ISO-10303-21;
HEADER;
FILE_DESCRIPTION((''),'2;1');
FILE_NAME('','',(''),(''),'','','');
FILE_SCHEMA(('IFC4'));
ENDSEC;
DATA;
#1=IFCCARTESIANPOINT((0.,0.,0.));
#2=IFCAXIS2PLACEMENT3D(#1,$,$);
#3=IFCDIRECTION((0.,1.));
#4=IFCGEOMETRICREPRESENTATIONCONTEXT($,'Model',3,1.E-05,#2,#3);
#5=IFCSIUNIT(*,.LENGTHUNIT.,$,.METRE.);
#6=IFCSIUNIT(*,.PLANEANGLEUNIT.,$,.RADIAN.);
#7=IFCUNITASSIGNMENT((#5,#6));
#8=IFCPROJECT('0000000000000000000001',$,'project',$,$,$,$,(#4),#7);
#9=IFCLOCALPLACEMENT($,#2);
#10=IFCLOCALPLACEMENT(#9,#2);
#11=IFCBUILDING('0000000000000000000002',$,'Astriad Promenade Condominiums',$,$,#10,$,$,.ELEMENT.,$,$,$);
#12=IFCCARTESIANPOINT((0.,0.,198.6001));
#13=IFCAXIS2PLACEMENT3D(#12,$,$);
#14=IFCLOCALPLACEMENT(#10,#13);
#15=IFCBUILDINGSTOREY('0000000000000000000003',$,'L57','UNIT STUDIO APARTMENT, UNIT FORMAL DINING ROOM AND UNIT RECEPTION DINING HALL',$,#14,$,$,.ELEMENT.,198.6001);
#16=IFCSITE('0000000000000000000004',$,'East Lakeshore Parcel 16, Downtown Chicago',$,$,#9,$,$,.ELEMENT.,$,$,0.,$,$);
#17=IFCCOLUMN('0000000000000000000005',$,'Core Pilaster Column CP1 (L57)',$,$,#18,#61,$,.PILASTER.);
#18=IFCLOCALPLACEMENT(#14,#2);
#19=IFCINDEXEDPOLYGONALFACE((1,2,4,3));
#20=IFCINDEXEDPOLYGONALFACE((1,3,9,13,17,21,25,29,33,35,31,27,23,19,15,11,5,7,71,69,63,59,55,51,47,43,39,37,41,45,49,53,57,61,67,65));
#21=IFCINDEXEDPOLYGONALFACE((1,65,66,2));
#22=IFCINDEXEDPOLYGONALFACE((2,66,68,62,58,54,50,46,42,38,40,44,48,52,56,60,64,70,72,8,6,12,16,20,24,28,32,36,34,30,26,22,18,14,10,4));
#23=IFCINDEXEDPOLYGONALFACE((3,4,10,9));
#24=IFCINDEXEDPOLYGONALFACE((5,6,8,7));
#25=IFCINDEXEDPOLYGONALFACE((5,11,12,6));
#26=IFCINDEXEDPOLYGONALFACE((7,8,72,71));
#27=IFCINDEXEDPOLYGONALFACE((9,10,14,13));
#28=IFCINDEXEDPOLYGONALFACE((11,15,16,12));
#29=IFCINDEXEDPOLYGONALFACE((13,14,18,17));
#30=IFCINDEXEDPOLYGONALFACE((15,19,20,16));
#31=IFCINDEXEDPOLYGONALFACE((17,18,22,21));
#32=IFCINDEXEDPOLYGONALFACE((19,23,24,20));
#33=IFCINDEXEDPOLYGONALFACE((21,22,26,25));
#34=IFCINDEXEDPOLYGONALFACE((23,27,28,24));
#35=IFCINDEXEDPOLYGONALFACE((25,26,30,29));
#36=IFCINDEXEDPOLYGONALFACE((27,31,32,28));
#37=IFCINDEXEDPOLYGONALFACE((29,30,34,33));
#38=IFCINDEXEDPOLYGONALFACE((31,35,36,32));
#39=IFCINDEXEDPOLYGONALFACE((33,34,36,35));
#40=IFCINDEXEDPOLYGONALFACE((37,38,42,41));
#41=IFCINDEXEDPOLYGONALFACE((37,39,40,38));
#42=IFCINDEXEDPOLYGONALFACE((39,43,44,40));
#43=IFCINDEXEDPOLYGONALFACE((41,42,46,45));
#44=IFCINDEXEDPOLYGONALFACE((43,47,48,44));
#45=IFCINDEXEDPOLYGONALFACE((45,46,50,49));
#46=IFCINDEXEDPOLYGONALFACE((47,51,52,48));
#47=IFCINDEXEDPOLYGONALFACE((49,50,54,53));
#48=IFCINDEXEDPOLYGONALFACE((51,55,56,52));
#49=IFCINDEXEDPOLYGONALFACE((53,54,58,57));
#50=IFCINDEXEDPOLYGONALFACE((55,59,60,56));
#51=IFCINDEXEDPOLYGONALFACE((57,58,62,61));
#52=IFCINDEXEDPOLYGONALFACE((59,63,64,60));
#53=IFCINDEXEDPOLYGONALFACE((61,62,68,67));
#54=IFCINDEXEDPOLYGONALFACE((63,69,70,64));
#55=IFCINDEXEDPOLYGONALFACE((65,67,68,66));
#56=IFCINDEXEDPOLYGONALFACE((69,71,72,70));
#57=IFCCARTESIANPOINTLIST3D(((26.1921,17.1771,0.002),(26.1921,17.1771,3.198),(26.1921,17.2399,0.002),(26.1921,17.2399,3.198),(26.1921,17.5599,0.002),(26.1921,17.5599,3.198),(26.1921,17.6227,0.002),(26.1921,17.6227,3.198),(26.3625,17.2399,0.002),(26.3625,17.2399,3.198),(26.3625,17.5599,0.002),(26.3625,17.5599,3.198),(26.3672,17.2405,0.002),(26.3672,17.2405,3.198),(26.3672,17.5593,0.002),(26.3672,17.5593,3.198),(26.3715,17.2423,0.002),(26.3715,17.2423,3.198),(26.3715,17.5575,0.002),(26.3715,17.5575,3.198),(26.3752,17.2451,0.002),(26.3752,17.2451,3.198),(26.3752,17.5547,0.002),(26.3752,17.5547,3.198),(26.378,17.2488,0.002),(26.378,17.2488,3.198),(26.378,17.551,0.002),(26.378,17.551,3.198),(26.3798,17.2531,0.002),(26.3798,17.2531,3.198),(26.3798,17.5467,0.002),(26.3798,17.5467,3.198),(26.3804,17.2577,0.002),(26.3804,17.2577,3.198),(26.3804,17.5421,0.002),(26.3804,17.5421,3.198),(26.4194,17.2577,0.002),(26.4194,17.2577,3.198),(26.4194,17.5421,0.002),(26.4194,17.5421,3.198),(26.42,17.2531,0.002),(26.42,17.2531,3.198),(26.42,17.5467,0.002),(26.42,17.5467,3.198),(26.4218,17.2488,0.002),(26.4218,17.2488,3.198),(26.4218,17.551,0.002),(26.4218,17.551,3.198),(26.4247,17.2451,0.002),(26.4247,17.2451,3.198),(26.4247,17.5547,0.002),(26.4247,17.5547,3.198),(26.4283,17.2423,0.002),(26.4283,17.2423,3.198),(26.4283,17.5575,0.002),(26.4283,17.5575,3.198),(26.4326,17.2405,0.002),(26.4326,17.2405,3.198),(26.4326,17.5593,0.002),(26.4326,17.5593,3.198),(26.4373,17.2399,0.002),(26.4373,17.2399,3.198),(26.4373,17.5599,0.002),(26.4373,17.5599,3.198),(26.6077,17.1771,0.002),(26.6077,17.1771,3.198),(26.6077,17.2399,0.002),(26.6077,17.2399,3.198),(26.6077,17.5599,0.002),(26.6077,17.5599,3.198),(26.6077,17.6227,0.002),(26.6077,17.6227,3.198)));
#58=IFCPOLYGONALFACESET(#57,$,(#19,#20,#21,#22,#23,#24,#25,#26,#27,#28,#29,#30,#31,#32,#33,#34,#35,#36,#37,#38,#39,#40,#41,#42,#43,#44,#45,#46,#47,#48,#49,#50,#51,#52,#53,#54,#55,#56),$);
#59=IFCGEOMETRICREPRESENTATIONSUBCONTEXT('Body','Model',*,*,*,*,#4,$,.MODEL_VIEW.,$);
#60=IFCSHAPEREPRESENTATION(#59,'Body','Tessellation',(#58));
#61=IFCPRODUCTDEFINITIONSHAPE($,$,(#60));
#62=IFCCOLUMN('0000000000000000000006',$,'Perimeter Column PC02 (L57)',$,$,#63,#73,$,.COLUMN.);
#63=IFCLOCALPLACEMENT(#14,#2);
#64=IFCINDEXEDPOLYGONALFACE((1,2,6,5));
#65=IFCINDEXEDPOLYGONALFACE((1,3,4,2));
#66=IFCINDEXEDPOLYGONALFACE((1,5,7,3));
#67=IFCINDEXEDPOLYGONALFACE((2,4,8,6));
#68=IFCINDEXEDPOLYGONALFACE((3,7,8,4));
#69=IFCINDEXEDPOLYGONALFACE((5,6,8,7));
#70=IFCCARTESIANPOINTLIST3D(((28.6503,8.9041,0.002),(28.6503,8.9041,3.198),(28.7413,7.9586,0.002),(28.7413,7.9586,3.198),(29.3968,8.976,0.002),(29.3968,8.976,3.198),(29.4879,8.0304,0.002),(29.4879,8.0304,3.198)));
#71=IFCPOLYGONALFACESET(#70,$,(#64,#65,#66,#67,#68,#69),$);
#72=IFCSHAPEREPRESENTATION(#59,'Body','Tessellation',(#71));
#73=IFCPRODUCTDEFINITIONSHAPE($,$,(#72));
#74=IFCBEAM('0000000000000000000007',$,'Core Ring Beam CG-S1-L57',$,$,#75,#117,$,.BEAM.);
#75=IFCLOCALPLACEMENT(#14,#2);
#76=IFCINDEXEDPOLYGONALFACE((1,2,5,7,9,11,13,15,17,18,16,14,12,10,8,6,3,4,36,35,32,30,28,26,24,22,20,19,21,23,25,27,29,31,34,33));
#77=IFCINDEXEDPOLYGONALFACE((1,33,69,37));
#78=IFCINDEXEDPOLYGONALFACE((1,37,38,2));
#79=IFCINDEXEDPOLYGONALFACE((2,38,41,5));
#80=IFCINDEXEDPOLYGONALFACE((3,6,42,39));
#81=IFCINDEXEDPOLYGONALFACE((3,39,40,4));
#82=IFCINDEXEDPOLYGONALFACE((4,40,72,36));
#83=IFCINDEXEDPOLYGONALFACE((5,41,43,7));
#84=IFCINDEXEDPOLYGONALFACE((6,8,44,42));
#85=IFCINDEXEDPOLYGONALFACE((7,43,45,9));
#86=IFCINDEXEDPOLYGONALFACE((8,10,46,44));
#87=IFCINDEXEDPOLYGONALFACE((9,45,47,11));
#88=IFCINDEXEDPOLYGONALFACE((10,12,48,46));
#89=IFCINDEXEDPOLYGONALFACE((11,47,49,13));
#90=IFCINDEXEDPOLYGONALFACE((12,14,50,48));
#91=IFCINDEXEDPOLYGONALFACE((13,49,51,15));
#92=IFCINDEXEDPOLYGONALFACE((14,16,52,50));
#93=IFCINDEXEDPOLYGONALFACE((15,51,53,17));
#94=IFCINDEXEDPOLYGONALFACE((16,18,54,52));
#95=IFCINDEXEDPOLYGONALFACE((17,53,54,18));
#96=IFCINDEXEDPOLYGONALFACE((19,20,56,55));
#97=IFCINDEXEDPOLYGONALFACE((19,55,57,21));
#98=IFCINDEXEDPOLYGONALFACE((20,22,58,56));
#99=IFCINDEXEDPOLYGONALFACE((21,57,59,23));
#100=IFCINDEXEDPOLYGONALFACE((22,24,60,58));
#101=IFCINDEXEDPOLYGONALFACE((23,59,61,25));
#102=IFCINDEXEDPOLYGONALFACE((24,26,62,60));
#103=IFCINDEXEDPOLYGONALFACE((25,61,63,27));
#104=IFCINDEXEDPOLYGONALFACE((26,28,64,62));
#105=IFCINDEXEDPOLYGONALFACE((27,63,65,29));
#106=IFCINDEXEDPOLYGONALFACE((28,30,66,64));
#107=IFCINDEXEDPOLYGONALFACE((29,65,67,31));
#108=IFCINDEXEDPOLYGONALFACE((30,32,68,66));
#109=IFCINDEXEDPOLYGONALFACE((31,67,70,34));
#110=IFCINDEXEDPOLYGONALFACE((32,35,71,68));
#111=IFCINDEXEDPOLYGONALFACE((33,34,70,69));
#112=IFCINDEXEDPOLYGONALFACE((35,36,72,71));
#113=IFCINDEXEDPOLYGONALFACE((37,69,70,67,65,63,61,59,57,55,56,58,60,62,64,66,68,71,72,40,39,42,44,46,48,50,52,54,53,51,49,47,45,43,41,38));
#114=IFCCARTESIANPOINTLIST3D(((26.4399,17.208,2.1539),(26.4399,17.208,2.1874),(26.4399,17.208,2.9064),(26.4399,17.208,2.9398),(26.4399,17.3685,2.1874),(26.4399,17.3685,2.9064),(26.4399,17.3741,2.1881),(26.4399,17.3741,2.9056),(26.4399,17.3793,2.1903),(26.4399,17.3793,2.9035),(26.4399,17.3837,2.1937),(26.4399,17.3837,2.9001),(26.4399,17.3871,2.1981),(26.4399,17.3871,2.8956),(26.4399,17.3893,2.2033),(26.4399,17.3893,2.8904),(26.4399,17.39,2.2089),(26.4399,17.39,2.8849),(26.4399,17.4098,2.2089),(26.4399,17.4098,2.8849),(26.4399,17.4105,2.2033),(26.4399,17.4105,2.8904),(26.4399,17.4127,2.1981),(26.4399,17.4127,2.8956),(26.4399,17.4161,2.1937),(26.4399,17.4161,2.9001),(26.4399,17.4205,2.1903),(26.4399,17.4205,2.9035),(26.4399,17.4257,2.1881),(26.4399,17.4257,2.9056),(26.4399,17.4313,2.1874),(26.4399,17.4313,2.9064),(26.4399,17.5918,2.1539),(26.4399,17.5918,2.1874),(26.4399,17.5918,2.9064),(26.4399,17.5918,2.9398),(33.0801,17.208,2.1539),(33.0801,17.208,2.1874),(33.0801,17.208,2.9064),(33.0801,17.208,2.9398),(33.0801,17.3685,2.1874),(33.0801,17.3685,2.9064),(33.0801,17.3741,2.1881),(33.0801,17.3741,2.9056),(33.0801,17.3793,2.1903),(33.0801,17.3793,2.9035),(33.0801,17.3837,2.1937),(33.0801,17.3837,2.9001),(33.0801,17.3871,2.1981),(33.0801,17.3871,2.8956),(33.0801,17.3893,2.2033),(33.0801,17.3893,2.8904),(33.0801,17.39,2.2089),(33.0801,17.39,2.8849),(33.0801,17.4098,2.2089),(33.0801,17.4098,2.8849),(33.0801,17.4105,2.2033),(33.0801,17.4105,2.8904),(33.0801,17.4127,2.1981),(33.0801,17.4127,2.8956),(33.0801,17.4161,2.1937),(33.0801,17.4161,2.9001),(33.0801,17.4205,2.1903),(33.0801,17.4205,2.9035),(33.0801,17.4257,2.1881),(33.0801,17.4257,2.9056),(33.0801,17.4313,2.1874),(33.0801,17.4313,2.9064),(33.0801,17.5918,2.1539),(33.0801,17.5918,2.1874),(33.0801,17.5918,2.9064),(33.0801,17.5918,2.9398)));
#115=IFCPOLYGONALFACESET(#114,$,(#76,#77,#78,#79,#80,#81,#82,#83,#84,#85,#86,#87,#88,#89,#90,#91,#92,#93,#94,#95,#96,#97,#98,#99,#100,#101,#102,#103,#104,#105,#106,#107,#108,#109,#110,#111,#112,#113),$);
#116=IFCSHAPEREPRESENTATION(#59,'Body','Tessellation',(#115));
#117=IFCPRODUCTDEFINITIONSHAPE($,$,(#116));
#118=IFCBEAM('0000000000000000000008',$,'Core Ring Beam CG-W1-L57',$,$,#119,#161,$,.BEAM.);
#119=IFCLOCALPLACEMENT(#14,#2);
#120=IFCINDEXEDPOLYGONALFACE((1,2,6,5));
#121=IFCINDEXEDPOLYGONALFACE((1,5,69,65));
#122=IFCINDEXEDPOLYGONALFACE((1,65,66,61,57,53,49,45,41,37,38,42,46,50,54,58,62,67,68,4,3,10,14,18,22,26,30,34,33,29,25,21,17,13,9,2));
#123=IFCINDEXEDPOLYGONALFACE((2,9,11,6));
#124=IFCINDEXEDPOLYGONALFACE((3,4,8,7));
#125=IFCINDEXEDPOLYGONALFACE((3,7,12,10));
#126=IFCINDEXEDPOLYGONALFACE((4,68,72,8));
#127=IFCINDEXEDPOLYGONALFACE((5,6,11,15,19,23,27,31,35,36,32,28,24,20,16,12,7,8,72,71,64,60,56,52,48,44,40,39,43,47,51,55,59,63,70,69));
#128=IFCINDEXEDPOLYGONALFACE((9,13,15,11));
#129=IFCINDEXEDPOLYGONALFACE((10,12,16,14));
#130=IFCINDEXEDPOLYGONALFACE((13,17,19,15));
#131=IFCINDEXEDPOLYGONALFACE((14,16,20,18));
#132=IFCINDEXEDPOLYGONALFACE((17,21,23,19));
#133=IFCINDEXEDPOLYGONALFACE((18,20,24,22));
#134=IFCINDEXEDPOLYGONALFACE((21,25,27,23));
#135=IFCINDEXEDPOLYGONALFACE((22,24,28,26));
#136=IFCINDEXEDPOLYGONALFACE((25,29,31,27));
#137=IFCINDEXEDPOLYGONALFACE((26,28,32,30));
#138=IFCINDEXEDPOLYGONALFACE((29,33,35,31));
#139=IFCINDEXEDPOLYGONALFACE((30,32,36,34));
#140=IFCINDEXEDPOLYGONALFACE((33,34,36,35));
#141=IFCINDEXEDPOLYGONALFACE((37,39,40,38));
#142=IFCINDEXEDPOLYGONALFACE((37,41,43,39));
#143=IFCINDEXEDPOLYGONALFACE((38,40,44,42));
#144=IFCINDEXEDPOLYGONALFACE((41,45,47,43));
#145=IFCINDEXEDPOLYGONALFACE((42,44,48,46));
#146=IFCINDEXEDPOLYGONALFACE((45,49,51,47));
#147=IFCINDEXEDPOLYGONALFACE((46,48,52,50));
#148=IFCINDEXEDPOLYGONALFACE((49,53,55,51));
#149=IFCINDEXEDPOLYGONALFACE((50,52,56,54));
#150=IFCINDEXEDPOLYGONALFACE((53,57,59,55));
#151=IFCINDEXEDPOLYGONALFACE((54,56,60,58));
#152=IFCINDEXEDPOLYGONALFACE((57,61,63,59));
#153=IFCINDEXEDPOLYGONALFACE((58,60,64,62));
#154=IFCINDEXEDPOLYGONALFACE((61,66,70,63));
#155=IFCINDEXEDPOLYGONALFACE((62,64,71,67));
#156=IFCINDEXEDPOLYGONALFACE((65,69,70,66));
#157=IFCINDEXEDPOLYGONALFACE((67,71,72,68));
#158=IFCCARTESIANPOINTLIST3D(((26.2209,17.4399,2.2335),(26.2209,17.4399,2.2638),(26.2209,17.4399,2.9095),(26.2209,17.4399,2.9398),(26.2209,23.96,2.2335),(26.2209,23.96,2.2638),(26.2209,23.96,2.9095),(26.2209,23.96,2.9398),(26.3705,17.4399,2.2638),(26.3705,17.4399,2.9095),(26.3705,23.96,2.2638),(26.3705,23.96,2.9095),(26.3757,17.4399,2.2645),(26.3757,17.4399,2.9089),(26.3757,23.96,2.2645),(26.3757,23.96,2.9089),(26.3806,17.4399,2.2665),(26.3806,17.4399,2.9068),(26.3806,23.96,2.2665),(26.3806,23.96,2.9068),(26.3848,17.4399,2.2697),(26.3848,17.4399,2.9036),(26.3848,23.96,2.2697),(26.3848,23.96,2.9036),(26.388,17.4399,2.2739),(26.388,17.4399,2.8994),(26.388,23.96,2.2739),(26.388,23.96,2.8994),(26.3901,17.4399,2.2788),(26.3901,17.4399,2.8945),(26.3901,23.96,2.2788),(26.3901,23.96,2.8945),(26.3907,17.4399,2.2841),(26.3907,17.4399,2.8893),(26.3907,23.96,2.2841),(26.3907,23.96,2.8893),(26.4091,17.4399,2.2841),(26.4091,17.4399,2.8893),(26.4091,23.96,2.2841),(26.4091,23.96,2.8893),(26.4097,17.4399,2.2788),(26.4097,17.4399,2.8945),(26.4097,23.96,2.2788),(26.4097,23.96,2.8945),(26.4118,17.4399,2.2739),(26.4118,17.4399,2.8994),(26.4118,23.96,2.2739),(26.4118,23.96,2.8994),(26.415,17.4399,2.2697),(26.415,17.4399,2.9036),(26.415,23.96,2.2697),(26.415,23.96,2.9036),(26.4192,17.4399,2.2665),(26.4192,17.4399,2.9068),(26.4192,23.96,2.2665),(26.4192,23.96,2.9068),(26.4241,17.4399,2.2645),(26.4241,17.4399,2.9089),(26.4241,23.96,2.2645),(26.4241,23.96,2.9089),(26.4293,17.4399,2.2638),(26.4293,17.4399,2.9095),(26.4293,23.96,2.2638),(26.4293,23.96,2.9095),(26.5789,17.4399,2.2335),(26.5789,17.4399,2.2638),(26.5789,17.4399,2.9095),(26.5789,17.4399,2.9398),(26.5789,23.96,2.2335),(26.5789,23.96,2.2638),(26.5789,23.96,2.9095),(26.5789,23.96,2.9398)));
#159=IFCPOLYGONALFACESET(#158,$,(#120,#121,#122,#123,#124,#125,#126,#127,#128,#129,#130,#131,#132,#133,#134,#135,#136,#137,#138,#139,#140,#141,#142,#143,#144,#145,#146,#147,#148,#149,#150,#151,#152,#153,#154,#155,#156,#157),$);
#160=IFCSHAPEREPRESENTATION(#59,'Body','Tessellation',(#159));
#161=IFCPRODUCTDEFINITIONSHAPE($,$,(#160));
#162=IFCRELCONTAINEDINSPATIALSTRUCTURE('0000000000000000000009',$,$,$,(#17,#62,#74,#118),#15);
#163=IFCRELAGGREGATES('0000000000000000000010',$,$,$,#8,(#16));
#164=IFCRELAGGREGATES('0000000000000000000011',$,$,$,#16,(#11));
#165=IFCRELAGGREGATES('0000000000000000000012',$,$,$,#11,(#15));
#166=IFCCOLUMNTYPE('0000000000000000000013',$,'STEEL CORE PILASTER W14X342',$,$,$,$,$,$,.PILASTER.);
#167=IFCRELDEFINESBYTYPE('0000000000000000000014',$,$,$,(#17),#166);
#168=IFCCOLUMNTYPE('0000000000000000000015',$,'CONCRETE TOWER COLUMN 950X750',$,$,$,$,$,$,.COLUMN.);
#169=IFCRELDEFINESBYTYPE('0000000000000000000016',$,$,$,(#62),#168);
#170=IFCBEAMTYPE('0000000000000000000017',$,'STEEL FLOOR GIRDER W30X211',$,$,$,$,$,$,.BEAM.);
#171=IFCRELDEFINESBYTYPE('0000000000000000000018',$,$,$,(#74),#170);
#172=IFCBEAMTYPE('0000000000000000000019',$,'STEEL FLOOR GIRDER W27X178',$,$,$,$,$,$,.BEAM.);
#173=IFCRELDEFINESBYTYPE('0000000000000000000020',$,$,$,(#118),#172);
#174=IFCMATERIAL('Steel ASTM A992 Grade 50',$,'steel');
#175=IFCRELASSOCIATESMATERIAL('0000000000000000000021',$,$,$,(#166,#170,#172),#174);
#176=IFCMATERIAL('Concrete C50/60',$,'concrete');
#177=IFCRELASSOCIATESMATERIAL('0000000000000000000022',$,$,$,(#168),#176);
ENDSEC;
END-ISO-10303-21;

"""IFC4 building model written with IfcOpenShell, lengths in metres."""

from ifc_helpers import new_model, si_unit, direction, frame, origin, origin_2d, place, context, subcontext, project, spatial, rectangle, i_section, extrude, source, transform, mapped, material, material_profile, profile_set, type_object, type_shapes, element, save


model = new_model("IFC4")

# Units and contexts
model_context = context("Model", 3, precision=1e-05, world=origin(), true_north=direction((0.0, 1.0)))
body_context = subcontext(model_context, "Body", "Model", "MODEL_VIEW")
ifc_project = project(units=[si_unit("LENGTHUNIT", "METRE"), si_unit("PLANEANGLEUNIT", "RADIAN")], contexts=[model_context])

# Site, building, storey
site_placement = place(None, origin())
site = spatial("IfcSite", under=ifc_project, at=site_placement, Name="East Lakeshore Parcel 16, Downtown Chicago", CompositionType="ELEMENT", RefElevation=0.0)
building_placement = place(site_placement, origin())
building = spatial("IfcBuilding", under=site, at=building_placement, Name="Astriad Promenade Condominiums", CompositionType="ELEMENT")
storey_placement = place(building_placement, frame((0.0, 0.0, 198.6001)))
storey = spatial("IfcBuildingStorey", under=building, at=storey_placement, Name="L57", Description="UNIT STUDIO APARTMENT, UNIT FORMAL DINING ROOM AND UNIT RECEPTION DINING HALL", CompositionType="ELEMENT", Elevation=198.6001)

# Columns
ifc_material_1 = material(Name="Steel ASTM A992 Grade 50", Category="steel")
ifc_material_profile_1 = material_profile(ifc_material_1, i_section(OverallWidth=0.4155, OverallDepth=0.4456, WebThickness=0.0391, FlangeThickness=0.0627, FilletRadius=0.0178, at=origin_2d()), Name="W14X342")
ifc_profile_set_1 = profile_set([ifc_material_profile_1], Name="Steel ASTM A992 Grade 50")
column_type_1 = type_object("IfcColumnType", Name="STEEL CORE PILASTER W14X342", PredefinedType="PILASTER", material=ifc_profile_set_1)
shared_shape_1 = source(origin(), body_context, "Body", "SweptSolid", [
    extrude(i_section(OverallWidth=0.4155, OverallDepth=0.4456, WebThickness=0.0391, FlangeThickness=0.0627, FilletRadius=0.0178, at=origin_2d()), origin(), (0.0, 0.0, 1.0), 3.196),
])
type_shapes(column_type_1, [shared_shape_1])
column_1_placement = place(storey_placement, frame((26.3999, 17.3999, 0.002), z_axis=(0.0, 0.0, 1.0), x_axis=(1.0, 0.0, 0.0)))
element("IfcColumn", 1, at=column_1_placement, inside=storey, type_object=column_type_1, Name="Core Pilaster Column CP1 (L57)", PredefinedType="PILASTER", context=body_context, shape_type="MappedRepresentation", body=[
    mapped(shared_shape_1, transform((0.0, 0.0, 0.0), scale=1.0)),
])
ifc_material_2 = material(Name="Concrete C50/60", Category="concrete")
ifc_material_profile_2 = material_profile(ifc_material_2, rectangle(XDim=0.75, YDim=0.95, at=origin_2d()), Name="RC-COL-950X750")
ifc_profile_set_2 = profile_set([ifc_material_profile_2], Name="Concrete C50/60")
column_type_2 = type_object("IfcColumnType", Name="CONCRETE TOWER COLUMN 950X750", PredefinedType="COLUMN", material=ifc_profile_set_2)
shared_shape_2 = source(origin(), body_context, "Body", "SweptSolid", [
    extrude(rectangle(XDim=0.75, YDim=0.95, at=origin_2d()), origin(), (0.0, 0.0, 1.0), 3.196),
])
type_shapes(column_type_2, [shared_shape_2])
column_2_placement = place(storey_placement, frame((29.0691, 8.4673, 0.002), z_axis=(0.0, 0.0, 1.0), x_axis=(0.995396, 0.095846, 0.0)))
element("IfcColumn", 2, at=column_2_placement, inside=storey, type_object=column_type_2, Name="Perimeter Column PC02 (L57)", PredefinedType="COLUMN", context=body_context, shape_type="MappedRepresentation", body=[
    mapped(shared_shape_2, transform((0.0, 0.0, 0.0), scale=1.0)),
])

# Beams
ifc_material_profile_3 = material_profile(ifc_material_1, i_section(OverallWidth=0.3838, OverallDepth=0.7859, WebThickness=0.0198, FlangeThickness=0.0334, FilletRadius=0.0215, at=origin_2d()), Name="W30X211")
ifc_profile_set_3 = profile_set([ifc_material_profile_3], Name="Steel ASTM A992 Grade 50")
beam_type_1 = type_object("IfcBeamType", Name="STEEL FLOOR GIRDER W30X211", PredefinedType="BEAM", material=ifc_profile_set_3)
shared_shape_3 = source(origin(), body_context, "Body", "SweptSolid", [
    extrude(i_section(OverallWidth=0.3838, OverallDepth=0.7859, WebThickness=0.0198, FlangeThickness=0.0334, FilletRadius=0.0215, at=origin_2d()), origin(), (0.0, 0.0, 1.0), 6.6401),
])
type_shapes(beam_type_1, [shared_shape_3])
beam_1_placement = place(storey_placement, frame((26.4399, 17.3999, 2.5469), z_axis=(1.0, 0.0, 0.0), x_axis=(0.0, 1.0, 0.0)))
element("IfcBeam", 3, at=beam_1_placement, inside=storey, type_object=beam_type_1, Name="Core Ring Beam CG-S1-L57", PredefinedType="BEAM", context=body_context, shape_type="MappedRepresentation", body=[
    mapped(shared_shape_3, transform((0.0, 0.0, 0.0), scale=1.0)),
])
ifc_material_profile_4 = material_profile(ifc_material_1, i_section(OverallWidth=0.3579, OverallDepth=0.7063, WebThickness=0.0183, FlangeThickness=0.0303, FilletRadius=0.0203, at=origin_2d()), Name="W27X178")
ifc_profile_set_4 = profile_set([ifc_material_profile_4], Name="Steel ASTM A992 Grade 50")
beam_type_2 = type_object("IfcBeamType", Name="STEEL FLOOR GIRDER W27X178", PredefinedType="BEAM", material=ifc_profile_set_4)
shared_shape_4 = source(origin(), body_context, "Body", "SweptSolid", [
    extrude(i_section(OverallWidth=0.3579, OverallDepth=0.7063, WebThickness=0.0183, FlangeThickness=0.0303, FilletRadius=0.0203, at=origin_2d()), origin(), (0.0, 0.0, 1.0), 6.52),
])
type_shapes(beam_type_2, [shared_shape_4])
beam_2_placement = place(storey_placement, frame((26.3999, 17.4399, 2.5867), z_axis=(0.0, 1.0, 0.0), x_axis=(-1.0, 0.0, 0.0)))
element("IfcBeam", 4, at=beam_2_placement, inside=storey, type_object=beam_type_2, Name="Core Ring Beam CG-W1-L57", PredefinedType="BEAM", context=body_context, shape_type="MappedRepresentation", body=[
    mapped(shared_shape_4, transform((0.0, 0.0, 0.0), scale=1.0)),
])

save(model, "model.ifc")
